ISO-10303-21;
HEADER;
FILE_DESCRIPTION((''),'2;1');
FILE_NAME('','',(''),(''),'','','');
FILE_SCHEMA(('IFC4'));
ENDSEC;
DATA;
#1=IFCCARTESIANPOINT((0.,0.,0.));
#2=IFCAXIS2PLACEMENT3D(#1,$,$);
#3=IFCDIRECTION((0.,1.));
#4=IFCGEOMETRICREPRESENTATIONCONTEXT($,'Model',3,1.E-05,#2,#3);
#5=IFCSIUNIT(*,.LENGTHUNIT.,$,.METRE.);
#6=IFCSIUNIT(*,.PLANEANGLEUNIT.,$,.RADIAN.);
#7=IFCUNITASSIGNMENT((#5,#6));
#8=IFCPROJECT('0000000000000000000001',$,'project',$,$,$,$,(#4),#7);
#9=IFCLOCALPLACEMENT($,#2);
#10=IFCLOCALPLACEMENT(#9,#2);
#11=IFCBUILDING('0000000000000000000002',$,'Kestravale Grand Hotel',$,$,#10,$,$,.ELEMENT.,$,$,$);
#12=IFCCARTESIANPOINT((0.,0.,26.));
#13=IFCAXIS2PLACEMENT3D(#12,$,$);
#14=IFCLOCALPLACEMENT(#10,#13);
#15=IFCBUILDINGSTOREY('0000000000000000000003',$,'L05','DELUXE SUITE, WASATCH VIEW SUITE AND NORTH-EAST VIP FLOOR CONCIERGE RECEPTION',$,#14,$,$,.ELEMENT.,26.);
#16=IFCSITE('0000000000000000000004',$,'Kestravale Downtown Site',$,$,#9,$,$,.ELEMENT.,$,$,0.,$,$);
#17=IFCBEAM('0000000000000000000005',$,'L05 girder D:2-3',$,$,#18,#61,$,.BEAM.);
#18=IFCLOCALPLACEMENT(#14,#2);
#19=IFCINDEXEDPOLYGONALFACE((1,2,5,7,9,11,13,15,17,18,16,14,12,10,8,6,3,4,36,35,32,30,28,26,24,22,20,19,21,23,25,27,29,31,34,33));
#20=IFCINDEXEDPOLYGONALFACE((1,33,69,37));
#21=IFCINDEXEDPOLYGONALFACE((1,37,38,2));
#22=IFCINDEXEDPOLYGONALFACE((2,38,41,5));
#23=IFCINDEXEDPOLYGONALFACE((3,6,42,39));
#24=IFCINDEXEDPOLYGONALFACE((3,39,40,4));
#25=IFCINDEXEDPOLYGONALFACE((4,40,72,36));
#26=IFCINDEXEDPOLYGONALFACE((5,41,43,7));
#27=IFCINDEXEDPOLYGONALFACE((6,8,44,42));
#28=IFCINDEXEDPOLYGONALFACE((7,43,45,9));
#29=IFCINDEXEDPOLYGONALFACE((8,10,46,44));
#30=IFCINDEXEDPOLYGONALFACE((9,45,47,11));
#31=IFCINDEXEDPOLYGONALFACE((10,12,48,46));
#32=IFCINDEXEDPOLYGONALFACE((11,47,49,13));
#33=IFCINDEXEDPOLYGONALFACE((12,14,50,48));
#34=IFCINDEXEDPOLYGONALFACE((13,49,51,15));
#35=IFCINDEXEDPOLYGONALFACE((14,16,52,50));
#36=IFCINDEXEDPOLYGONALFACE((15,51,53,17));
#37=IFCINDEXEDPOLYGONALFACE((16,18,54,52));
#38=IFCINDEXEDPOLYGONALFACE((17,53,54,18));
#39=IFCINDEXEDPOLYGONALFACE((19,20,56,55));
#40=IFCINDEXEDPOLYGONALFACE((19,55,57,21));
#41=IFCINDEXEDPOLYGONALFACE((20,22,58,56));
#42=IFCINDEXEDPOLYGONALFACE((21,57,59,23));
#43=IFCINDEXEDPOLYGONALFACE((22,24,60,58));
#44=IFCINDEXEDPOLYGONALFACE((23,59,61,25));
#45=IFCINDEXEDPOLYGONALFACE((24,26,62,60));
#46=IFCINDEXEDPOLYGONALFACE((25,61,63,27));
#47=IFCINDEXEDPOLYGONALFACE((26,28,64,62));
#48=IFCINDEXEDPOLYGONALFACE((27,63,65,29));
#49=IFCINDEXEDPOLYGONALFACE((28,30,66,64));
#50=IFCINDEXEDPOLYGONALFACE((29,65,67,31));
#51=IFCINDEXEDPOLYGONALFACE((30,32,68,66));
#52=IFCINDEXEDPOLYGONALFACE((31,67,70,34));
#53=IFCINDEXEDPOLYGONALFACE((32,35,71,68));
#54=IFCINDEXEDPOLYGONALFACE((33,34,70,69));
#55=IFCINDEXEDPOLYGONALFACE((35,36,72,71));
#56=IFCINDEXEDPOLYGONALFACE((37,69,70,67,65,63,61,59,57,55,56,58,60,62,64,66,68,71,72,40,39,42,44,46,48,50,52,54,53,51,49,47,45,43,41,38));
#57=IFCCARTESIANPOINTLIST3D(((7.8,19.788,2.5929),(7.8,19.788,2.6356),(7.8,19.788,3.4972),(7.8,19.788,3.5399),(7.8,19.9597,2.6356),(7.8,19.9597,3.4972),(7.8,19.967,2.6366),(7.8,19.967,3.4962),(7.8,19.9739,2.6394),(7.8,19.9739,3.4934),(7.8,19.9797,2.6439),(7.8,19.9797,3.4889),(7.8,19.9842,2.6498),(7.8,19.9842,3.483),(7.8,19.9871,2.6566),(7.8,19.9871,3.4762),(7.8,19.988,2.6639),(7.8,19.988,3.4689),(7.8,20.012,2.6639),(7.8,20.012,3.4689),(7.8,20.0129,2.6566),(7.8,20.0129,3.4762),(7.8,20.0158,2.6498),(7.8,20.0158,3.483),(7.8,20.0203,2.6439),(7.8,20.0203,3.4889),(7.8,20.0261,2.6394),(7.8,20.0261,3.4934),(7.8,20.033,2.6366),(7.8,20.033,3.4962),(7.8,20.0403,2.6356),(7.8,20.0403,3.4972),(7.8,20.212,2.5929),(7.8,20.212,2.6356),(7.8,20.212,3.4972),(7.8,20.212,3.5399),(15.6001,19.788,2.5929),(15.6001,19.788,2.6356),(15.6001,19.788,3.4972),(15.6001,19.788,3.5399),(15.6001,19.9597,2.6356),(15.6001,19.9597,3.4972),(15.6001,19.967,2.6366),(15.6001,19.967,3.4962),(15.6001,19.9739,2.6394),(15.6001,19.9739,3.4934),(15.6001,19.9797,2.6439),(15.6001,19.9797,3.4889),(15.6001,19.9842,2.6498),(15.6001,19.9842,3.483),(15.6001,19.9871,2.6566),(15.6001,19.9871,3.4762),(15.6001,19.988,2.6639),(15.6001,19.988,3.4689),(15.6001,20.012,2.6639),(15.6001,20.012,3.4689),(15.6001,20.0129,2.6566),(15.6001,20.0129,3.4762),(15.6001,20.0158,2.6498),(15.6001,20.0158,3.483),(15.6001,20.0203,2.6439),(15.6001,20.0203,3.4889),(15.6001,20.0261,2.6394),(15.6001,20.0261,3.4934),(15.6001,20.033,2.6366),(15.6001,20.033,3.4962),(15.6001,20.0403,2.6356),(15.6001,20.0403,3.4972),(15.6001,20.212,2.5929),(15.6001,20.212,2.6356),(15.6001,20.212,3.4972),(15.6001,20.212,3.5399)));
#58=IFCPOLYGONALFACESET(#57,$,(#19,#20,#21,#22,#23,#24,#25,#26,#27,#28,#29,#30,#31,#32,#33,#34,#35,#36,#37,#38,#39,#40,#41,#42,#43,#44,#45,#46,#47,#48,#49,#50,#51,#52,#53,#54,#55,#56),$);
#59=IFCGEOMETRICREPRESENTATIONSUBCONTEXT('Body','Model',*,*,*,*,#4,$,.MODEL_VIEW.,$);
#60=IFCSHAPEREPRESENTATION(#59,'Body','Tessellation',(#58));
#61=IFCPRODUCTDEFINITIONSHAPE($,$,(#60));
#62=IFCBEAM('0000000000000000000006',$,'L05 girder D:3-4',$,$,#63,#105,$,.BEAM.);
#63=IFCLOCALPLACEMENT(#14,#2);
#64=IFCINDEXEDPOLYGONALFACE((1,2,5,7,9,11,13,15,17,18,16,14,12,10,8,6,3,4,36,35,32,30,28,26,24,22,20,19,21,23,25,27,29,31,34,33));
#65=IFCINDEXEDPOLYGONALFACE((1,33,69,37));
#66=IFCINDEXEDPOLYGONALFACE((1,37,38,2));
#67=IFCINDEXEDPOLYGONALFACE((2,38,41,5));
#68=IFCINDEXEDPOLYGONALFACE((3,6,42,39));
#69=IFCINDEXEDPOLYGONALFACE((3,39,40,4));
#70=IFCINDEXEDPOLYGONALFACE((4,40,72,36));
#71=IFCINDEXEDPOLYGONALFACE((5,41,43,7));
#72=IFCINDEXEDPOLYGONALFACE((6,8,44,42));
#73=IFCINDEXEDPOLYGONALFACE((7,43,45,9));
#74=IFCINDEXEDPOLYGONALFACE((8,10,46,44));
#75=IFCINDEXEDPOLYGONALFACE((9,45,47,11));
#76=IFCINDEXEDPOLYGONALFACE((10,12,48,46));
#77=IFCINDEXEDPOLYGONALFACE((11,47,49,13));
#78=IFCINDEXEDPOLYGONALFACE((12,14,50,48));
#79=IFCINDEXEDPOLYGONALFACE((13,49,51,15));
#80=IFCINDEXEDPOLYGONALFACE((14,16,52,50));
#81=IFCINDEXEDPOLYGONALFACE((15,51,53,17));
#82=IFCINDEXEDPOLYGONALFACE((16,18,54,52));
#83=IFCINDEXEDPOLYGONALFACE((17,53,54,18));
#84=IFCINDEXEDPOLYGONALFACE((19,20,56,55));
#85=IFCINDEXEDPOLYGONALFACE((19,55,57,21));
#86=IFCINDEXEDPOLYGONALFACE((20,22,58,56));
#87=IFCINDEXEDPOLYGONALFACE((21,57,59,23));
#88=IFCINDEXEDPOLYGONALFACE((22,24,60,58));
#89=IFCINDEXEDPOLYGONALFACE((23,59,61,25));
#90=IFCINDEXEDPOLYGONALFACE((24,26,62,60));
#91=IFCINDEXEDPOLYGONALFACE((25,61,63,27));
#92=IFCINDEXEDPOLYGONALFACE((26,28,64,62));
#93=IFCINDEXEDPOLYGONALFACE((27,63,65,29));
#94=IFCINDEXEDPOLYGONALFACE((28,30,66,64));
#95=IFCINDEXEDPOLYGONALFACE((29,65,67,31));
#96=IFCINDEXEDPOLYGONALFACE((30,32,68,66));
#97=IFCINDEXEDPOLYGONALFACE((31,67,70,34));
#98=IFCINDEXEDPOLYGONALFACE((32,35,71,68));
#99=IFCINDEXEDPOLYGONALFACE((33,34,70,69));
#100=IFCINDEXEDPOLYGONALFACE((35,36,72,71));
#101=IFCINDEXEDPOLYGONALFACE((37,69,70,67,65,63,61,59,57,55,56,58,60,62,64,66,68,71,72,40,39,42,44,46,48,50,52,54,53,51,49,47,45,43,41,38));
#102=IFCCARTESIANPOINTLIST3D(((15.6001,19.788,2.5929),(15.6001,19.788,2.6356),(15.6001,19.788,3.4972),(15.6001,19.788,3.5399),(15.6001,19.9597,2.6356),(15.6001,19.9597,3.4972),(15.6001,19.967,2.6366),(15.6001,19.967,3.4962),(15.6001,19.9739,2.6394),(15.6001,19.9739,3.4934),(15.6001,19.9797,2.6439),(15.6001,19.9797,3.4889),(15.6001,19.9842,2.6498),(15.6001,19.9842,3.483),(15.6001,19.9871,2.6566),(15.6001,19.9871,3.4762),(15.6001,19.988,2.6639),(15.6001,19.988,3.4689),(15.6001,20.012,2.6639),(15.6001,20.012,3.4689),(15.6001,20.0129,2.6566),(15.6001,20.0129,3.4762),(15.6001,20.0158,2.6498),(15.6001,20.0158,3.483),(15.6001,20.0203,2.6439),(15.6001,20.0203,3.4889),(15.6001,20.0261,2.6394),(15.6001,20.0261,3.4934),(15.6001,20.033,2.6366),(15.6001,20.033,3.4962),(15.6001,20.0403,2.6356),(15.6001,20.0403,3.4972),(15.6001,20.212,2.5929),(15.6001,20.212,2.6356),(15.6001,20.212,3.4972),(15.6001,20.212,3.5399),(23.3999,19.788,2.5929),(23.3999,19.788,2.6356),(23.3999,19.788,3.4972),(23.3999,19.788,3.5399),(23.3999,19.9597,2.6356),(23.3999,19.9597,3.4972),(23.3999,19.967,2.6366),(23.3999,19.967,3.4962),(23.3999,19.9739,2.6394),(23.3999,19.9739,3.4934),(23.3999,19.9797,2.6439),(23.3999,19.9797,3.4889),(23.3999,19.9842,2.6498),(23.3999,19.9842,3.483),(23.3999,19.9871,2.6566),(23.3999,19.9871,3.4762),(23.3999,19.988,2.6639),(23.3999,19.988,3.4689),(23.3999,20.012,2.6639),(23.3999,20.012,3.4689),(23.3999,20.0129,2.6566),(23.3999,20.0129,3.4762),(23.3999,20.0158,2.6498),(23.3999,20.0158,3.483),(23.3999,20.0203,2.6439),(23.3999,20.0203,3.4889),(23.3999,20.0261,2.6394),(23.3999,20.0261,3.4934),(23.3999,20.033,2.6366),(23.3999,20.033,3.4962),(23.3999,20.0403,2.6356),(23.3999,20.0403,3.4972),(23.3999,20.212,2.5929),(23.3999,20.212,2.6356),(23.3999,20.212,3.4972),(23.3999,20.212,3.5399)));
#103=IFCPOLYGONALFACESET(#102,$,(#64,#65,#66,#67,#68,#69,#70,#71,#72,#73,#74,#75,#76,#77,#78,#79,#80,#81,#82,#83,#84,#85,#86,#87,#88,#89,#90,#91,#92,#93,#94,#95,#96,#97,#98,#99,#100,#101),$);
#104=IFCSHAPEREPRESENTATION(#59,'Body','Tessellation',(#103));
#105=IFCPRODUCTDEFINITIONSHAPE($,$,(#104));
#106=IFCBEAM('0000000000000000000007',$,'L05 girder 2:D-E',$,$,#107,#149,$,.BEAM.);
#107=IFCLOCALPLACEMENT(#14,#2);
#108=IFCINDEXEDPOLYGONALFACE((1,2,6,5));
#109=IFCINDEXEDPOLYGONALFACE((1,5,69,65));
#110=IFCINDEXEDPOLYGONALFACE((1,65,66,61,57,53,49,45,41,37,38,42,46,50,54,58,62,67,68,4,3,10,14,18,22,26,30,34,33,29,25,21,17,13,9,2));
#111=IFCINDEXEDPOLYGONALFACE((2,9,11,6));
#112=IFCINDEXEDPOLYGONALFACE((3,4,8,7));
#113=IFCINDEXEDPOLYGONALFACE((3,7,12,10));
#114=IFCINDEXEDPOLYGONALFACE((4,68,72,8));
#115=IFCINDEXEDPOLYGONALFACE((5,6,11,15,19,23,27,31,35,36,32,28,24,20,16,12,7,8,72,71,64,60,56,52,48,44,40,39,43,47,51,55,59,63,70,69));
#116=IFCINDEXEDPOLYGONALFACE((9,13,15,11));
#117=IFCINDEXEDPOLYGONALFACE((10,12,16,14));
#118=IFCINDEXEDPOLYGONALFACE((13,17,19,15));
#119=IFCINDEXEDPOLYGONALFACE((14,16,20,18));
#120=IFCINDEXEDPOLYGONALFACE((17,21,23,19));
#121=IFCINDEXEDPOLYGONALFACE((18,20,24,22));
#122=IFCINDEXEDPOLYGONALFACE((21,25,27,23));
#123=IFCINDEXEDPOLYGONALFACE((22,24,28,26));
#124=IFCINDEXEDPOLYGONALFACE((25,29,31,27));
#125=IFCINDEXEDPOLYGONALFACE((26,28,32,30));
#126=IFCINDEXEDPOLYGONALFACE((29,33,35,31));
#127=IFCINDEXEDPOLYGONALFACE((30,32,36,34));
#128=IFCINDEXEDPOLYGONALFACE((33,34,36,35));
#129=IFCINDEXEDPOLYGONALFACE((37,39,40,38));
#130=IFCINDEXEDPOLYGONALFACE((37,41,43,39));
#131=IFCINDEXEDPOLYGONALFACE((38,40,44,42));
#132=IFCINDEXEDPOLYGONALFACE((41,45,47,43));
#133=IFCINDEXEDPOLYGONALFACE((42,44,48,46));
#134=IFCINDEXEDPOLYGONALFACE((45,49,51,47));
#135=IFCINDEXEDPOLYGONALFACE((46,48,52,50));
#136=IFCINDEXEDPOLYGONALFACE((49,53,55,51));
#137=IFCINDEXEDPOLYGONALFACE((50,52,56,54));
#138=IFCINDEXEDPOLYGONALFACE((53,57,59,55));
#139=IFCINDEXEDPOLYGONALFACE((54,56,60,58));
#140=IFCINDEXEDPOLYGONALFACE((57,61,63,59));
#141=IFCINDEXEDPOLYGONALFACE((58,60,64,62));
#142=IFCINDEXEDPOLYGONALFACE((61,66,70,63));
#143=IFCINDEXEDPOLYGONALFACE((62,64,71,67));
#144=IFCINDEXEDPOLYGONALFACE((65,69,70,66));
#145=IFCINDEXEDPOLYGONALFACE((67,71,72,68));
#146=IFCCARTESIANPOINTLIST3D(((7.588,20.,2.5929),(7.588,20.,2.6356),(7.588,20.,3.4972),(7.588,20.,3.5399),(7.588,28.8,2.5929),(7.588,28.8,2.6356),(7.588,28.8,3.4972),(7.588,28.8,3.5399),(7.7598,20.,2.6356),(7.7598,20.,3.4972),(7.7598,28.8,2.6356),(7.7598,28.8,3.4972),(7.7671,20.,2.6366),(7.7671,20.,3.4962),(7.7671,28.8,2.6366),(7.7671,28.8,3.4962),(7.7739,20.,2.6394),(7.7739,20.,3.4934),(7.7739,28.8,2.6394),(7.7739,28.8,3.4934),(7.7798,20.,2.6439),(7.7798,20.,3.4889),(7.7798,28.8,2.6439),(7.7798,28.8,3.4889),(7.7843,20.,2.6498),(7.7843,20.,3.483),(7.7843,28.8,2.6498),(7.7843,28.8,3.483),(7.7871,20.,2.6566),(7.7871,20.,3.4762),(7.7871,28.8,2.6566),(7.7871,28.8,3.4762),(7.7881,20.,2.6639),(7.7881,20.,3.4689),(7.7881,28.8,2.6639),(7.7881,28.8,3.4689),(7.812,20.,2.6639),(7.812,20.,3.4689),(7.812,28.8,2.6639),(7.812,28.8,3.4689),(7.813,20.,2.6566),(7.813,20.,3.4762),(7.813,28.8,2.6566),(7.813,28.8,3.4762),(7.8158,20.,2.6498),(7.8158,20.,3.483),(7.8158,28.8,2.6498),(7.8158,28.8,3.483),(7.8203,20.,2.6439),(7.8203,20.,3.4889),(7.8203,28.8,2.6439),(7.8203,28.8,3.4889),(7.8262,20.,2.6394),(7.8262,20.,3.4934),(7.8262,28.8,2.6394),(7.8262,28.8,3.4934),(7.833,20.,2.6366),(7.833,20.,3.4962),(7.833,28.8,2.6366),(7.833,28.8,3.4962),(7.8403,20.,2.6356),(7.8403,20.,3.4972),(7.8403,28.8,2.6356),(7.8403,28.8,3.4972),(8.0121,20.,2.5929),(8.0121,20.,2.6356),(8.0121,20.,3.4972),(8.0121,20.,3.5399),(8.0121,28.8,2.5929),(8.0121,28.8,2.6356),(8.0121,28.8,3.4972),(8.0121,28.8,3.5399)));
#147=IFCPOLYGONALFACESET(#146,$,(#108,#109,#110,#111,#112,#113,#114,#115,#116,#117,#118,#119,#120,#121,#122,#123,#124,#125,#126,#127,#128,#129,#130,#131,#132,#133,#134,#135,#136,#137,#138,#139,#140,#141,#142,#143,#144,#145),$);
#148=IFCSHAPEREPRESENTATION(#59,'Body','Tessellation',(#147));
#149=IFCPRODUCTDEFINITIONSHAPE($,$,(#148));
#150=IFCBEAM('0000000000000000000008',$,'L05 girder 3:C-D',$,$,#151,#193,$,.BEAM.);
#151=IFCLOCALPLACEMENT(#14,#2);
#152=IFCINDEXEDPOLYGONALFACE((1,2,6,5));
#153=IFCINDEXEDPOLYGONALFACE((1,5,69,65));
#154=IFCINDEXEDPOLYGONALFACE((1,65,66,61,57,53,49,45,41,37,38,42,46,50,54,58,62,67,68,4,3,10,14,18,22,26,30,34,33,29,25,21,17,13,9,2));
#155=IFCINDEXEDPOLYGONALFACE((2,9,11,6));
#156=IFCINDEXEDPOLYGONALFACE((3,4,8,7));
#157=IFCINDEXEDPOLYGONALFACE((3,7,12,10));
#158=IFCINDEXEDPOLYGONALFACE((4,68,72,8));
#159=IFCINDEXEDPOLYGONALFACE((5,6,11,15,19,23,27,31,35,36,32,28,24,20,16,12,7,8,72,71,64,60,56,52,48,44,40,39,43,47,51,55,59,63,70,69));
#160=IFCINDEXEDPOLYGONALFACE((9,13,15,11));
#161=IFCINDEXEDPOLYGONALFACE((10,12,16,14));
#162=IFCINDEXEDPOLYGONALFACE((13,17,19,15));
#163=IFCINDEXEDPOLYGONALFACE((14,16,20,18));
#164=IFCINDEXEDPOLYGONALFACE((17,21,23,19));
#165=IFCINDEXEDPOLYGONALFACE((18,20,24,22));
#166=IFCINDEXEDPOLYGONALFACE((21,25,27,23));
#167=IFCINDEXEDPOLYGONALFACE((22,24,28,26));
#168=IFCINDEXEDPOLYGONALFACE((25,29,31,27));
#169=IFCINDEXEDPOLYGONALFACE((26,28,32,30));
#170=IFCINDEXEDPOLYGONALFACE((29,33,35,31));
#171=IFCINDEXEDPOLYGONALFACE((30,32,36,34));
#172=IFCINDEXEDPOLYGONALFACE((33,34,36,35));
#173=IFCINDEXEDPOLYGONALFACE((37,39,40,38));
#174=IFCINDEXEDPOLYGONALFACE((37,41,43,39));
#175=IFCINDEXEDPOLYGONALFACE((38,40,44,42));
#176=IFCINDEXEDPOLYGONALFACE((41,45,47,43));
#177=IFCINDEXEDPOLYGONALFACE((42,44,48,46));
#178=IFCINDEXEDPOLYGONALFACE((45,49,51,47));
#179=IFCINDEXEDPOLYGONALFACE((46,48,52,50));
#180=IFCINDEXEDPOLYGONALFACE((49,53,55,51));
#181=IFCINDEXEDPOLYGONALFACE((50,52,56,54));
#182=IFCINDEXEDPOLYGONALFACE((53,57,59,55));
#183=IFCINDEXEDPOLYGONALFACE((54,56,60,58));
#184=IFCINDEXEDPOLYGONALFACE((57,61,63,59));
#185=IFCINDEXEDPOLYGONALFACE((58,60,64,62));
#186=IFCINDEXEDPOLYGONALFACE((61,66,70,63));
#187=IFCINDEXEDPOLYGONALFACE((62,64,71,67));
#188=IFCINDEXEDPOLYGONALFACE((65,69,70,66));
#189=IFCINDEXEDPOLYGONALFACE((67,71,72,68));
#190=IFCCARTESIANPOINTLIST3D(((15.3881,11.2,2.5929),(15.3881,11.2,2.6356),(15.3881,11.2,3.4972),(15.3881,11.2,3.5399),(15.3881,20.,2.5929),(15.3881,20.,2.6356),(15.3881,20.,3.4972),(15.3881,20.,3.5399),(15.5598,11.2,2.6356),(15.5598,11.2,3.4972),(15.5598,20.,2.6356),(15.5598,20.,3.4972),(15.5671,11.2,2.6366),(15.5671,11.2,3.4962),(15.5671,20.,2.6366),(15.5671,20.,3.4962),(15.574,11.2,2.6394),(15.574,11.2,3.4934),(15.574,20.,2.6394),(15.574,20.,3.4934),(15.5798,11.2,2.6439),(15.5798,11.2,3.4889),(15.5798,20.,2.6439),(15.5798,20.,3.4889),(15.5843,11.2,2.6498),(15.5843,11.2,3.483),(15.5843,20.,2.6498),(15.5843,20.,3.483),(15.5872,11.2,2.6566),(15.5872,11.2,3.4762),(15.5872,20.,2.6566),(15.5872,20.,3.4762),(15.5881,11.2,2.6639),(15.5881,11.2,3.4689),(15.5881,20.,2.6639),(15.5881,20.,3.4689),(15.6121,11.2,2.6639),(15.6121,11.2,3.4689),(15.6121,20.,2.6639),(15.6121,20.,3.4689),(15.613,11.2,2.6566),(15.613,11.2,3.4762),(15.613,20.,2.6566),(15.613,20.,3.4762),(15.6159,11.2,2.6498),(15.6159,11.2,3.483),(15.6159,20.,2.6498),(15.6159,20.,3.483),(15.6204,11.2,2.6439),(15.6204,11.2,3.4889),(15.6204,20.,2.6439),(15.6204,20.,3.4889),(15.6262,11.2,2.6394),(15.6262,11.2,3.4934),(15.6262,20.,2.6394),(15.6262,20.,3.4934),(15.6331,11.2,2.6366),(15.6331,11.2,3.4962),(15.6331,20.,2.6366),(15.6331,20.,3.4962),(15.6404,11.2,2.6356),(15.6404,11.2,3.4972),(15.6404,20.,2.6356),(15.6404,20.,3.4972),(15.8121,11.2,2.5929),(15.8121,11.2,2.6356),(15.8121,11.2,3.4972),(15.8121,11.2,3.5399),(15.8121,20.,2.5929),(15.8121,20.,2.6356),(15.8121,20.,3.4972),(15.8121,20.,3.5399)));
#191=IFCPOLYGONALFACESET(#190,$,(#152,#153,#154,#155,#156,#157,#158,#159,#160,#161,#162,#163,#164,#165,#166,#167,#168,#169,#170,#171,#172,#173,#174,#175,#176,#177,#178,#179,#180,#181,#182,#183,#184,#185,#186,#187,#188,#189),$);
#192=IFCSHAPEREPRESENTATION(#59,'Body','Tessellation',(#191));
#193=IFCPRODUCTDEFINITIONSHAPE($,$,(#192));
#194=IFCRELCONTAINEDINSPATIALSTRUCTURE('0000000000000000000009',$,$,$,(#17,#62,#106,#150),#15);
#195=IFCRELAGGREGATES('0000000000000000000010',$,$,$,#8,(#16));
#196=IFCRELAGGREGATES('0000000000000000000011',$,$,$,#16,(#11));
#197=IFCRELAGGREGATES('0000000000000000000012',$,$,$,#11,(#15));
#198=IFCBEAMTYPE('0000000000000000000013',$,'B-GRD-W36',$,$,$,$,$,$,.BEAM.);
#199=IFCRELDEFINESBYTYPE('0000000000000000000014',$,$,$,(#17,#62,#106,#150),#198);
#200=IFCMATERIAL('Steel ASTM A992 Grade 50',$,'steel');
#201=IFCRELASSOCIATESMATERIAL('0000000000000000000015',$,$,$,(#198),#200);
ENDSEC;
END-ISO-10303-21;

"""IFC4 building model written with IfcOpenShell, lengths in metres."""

from ifc_helpers import new_model, si_unit, direction, frame, origin, origin_2d, place, context, subcontext, project, spatial, i_section, extrude, material, material_profile, profile_set, type_object, element, save


model = new_model("IFC4")

# Units and contexts
model_context = context("Model", 3, precision=1e-05, world=origin(), true_north=direction((0.0, 1.0)))
body_context = subcontext(model_context, "Body", "Model", "MODEL_VIEW")
ifc_project = project(units=[si_unit("LENGTHUNIT", "METRE"), si_unit("PLANEANGLEUNIT", "RADIAN")], contexts=[model_context])

# Site, building, storey
site_placement = place(None, origin())
site = spatial("IfcSite", under=ifc_project, at=site_placement, Name="Kestravale Downtown Site", CompositionType="ELEMENT", RefElevation=0.0)
building_placement = place(site_placement, origin())
building = spatial("IfcBuilding", under=site, at=building_placement, Name="Kestravale Grand Hotel", CompositionType="ELEMENT")
storey_placement = place(building_placement, frame((0.0, 0.0, 26.0)))
storey = spatial("IfcBuildingStorey", under=building, at=storey_placement, Name="L05", Description="DELUXE SUITE, WASATCH VIEW SUITE AND NORTH-EAST VIP FLOOR CONCIERGE RECEPTION", CompositionType="ELEMENT", Elevation=26.0)

# Beams
ifc_material_1 = material(Name="Steel ASTM A992 Grade 50", Category="steel")
ifc_material_profile_1 = material_profile(ifc_material_1, i_section(OverallWidth=0.4241, OverallDepth=0.947, WebThickness=0.0239, FlangeThickness=0.0427, FilletRadius=0.0283, at=origin_2d()))
ifc_profile_set_1 = profile_set([ifc_material_profile_1], Name="Steel ASTM A992 Grade 50")
beam_type_1 = type_object("IfcBeamType", Name="B-GRD-W36", PredefinedType="BEAM", material=ifc_profile_set_1)
beam_1_placement = place(storey_placement, frame((7.8, 20.0, 3.0664), z_axis=(1.0, 0.0, 0.0), x_axis=(0.0, 1.0, 0.0)))
element("IfcBeam", 1, at=beam_1_placement, inside=storey, type_object=beam_type_1, Name="L05 girder D:2-3", PredefinedType="BEAM", context=body_context, shape_type="SweptSolid", body=[
    extrude(i_section(OverallWidth=0.4241, OverallDepth=0.947, WebThickness=0.0239, FlangeThickness=0.0427, FilletRadius=0.0283, at=origin_2d()), origin(), (0.0, 0.0, 1.0), 7.8),
])
beam_2_placement = place(storey_placement, frame((15.6001, 20.0, 3.0664), z_axis=(1.0, 0.0, 0.0), x_axis=(0.0, 1.0, 0.0)))
element("IfcBeam", 2, at=beam_2_placement, inside=storey, type_object=beam_type_1, Name="L05 girder D:3-4", PredefinedType="BEAM", context=body_context, shape_type="SweptSolid", body=[
    extrude(i_section(OverallWidth=0.4241, OverallDepth=0.947, WebThickness=0.0239, FlangeThickness=0.0427, FilletRadius=0.0283, at=origin_2d()), origin(), (0.0, 0.0, 1.0), 7.7998),
])
for number, where, z_axis, x_axis, name in (
    (3, (7.8, 20.0, 3.0664), (0.0, 1.0, 0.0), (-1.0, 0.0, 0.0), "L05 girder 2:D-E"),
    (4, (15.6001, 11.2, 3.0664), (0.0, 1.0, 0.0), (-1.0, 0.0, 0.0), "L05 girder 3:C-D"),
):
    element("IfcBeam", number, at=place(storey_placement, frame(where, z_axis=z_axis, x_axis=x_axis)), inside=storey, type_object=beam_type_1, Name=name, PredefinedType="BEAM", context=body_context, shape_type="SweptSolid", body=[
        extrude(i_section(OverallWidth=0.4241, OverallDepth=0.947, WebThickness=0.0239, FlangeThickness=0.0427, FilletRadius=0.0283, at=origin_2d()), origin(), (0.0, 0.0, 1.0), 8.8),
    ])

save(model, "model.ifc")
